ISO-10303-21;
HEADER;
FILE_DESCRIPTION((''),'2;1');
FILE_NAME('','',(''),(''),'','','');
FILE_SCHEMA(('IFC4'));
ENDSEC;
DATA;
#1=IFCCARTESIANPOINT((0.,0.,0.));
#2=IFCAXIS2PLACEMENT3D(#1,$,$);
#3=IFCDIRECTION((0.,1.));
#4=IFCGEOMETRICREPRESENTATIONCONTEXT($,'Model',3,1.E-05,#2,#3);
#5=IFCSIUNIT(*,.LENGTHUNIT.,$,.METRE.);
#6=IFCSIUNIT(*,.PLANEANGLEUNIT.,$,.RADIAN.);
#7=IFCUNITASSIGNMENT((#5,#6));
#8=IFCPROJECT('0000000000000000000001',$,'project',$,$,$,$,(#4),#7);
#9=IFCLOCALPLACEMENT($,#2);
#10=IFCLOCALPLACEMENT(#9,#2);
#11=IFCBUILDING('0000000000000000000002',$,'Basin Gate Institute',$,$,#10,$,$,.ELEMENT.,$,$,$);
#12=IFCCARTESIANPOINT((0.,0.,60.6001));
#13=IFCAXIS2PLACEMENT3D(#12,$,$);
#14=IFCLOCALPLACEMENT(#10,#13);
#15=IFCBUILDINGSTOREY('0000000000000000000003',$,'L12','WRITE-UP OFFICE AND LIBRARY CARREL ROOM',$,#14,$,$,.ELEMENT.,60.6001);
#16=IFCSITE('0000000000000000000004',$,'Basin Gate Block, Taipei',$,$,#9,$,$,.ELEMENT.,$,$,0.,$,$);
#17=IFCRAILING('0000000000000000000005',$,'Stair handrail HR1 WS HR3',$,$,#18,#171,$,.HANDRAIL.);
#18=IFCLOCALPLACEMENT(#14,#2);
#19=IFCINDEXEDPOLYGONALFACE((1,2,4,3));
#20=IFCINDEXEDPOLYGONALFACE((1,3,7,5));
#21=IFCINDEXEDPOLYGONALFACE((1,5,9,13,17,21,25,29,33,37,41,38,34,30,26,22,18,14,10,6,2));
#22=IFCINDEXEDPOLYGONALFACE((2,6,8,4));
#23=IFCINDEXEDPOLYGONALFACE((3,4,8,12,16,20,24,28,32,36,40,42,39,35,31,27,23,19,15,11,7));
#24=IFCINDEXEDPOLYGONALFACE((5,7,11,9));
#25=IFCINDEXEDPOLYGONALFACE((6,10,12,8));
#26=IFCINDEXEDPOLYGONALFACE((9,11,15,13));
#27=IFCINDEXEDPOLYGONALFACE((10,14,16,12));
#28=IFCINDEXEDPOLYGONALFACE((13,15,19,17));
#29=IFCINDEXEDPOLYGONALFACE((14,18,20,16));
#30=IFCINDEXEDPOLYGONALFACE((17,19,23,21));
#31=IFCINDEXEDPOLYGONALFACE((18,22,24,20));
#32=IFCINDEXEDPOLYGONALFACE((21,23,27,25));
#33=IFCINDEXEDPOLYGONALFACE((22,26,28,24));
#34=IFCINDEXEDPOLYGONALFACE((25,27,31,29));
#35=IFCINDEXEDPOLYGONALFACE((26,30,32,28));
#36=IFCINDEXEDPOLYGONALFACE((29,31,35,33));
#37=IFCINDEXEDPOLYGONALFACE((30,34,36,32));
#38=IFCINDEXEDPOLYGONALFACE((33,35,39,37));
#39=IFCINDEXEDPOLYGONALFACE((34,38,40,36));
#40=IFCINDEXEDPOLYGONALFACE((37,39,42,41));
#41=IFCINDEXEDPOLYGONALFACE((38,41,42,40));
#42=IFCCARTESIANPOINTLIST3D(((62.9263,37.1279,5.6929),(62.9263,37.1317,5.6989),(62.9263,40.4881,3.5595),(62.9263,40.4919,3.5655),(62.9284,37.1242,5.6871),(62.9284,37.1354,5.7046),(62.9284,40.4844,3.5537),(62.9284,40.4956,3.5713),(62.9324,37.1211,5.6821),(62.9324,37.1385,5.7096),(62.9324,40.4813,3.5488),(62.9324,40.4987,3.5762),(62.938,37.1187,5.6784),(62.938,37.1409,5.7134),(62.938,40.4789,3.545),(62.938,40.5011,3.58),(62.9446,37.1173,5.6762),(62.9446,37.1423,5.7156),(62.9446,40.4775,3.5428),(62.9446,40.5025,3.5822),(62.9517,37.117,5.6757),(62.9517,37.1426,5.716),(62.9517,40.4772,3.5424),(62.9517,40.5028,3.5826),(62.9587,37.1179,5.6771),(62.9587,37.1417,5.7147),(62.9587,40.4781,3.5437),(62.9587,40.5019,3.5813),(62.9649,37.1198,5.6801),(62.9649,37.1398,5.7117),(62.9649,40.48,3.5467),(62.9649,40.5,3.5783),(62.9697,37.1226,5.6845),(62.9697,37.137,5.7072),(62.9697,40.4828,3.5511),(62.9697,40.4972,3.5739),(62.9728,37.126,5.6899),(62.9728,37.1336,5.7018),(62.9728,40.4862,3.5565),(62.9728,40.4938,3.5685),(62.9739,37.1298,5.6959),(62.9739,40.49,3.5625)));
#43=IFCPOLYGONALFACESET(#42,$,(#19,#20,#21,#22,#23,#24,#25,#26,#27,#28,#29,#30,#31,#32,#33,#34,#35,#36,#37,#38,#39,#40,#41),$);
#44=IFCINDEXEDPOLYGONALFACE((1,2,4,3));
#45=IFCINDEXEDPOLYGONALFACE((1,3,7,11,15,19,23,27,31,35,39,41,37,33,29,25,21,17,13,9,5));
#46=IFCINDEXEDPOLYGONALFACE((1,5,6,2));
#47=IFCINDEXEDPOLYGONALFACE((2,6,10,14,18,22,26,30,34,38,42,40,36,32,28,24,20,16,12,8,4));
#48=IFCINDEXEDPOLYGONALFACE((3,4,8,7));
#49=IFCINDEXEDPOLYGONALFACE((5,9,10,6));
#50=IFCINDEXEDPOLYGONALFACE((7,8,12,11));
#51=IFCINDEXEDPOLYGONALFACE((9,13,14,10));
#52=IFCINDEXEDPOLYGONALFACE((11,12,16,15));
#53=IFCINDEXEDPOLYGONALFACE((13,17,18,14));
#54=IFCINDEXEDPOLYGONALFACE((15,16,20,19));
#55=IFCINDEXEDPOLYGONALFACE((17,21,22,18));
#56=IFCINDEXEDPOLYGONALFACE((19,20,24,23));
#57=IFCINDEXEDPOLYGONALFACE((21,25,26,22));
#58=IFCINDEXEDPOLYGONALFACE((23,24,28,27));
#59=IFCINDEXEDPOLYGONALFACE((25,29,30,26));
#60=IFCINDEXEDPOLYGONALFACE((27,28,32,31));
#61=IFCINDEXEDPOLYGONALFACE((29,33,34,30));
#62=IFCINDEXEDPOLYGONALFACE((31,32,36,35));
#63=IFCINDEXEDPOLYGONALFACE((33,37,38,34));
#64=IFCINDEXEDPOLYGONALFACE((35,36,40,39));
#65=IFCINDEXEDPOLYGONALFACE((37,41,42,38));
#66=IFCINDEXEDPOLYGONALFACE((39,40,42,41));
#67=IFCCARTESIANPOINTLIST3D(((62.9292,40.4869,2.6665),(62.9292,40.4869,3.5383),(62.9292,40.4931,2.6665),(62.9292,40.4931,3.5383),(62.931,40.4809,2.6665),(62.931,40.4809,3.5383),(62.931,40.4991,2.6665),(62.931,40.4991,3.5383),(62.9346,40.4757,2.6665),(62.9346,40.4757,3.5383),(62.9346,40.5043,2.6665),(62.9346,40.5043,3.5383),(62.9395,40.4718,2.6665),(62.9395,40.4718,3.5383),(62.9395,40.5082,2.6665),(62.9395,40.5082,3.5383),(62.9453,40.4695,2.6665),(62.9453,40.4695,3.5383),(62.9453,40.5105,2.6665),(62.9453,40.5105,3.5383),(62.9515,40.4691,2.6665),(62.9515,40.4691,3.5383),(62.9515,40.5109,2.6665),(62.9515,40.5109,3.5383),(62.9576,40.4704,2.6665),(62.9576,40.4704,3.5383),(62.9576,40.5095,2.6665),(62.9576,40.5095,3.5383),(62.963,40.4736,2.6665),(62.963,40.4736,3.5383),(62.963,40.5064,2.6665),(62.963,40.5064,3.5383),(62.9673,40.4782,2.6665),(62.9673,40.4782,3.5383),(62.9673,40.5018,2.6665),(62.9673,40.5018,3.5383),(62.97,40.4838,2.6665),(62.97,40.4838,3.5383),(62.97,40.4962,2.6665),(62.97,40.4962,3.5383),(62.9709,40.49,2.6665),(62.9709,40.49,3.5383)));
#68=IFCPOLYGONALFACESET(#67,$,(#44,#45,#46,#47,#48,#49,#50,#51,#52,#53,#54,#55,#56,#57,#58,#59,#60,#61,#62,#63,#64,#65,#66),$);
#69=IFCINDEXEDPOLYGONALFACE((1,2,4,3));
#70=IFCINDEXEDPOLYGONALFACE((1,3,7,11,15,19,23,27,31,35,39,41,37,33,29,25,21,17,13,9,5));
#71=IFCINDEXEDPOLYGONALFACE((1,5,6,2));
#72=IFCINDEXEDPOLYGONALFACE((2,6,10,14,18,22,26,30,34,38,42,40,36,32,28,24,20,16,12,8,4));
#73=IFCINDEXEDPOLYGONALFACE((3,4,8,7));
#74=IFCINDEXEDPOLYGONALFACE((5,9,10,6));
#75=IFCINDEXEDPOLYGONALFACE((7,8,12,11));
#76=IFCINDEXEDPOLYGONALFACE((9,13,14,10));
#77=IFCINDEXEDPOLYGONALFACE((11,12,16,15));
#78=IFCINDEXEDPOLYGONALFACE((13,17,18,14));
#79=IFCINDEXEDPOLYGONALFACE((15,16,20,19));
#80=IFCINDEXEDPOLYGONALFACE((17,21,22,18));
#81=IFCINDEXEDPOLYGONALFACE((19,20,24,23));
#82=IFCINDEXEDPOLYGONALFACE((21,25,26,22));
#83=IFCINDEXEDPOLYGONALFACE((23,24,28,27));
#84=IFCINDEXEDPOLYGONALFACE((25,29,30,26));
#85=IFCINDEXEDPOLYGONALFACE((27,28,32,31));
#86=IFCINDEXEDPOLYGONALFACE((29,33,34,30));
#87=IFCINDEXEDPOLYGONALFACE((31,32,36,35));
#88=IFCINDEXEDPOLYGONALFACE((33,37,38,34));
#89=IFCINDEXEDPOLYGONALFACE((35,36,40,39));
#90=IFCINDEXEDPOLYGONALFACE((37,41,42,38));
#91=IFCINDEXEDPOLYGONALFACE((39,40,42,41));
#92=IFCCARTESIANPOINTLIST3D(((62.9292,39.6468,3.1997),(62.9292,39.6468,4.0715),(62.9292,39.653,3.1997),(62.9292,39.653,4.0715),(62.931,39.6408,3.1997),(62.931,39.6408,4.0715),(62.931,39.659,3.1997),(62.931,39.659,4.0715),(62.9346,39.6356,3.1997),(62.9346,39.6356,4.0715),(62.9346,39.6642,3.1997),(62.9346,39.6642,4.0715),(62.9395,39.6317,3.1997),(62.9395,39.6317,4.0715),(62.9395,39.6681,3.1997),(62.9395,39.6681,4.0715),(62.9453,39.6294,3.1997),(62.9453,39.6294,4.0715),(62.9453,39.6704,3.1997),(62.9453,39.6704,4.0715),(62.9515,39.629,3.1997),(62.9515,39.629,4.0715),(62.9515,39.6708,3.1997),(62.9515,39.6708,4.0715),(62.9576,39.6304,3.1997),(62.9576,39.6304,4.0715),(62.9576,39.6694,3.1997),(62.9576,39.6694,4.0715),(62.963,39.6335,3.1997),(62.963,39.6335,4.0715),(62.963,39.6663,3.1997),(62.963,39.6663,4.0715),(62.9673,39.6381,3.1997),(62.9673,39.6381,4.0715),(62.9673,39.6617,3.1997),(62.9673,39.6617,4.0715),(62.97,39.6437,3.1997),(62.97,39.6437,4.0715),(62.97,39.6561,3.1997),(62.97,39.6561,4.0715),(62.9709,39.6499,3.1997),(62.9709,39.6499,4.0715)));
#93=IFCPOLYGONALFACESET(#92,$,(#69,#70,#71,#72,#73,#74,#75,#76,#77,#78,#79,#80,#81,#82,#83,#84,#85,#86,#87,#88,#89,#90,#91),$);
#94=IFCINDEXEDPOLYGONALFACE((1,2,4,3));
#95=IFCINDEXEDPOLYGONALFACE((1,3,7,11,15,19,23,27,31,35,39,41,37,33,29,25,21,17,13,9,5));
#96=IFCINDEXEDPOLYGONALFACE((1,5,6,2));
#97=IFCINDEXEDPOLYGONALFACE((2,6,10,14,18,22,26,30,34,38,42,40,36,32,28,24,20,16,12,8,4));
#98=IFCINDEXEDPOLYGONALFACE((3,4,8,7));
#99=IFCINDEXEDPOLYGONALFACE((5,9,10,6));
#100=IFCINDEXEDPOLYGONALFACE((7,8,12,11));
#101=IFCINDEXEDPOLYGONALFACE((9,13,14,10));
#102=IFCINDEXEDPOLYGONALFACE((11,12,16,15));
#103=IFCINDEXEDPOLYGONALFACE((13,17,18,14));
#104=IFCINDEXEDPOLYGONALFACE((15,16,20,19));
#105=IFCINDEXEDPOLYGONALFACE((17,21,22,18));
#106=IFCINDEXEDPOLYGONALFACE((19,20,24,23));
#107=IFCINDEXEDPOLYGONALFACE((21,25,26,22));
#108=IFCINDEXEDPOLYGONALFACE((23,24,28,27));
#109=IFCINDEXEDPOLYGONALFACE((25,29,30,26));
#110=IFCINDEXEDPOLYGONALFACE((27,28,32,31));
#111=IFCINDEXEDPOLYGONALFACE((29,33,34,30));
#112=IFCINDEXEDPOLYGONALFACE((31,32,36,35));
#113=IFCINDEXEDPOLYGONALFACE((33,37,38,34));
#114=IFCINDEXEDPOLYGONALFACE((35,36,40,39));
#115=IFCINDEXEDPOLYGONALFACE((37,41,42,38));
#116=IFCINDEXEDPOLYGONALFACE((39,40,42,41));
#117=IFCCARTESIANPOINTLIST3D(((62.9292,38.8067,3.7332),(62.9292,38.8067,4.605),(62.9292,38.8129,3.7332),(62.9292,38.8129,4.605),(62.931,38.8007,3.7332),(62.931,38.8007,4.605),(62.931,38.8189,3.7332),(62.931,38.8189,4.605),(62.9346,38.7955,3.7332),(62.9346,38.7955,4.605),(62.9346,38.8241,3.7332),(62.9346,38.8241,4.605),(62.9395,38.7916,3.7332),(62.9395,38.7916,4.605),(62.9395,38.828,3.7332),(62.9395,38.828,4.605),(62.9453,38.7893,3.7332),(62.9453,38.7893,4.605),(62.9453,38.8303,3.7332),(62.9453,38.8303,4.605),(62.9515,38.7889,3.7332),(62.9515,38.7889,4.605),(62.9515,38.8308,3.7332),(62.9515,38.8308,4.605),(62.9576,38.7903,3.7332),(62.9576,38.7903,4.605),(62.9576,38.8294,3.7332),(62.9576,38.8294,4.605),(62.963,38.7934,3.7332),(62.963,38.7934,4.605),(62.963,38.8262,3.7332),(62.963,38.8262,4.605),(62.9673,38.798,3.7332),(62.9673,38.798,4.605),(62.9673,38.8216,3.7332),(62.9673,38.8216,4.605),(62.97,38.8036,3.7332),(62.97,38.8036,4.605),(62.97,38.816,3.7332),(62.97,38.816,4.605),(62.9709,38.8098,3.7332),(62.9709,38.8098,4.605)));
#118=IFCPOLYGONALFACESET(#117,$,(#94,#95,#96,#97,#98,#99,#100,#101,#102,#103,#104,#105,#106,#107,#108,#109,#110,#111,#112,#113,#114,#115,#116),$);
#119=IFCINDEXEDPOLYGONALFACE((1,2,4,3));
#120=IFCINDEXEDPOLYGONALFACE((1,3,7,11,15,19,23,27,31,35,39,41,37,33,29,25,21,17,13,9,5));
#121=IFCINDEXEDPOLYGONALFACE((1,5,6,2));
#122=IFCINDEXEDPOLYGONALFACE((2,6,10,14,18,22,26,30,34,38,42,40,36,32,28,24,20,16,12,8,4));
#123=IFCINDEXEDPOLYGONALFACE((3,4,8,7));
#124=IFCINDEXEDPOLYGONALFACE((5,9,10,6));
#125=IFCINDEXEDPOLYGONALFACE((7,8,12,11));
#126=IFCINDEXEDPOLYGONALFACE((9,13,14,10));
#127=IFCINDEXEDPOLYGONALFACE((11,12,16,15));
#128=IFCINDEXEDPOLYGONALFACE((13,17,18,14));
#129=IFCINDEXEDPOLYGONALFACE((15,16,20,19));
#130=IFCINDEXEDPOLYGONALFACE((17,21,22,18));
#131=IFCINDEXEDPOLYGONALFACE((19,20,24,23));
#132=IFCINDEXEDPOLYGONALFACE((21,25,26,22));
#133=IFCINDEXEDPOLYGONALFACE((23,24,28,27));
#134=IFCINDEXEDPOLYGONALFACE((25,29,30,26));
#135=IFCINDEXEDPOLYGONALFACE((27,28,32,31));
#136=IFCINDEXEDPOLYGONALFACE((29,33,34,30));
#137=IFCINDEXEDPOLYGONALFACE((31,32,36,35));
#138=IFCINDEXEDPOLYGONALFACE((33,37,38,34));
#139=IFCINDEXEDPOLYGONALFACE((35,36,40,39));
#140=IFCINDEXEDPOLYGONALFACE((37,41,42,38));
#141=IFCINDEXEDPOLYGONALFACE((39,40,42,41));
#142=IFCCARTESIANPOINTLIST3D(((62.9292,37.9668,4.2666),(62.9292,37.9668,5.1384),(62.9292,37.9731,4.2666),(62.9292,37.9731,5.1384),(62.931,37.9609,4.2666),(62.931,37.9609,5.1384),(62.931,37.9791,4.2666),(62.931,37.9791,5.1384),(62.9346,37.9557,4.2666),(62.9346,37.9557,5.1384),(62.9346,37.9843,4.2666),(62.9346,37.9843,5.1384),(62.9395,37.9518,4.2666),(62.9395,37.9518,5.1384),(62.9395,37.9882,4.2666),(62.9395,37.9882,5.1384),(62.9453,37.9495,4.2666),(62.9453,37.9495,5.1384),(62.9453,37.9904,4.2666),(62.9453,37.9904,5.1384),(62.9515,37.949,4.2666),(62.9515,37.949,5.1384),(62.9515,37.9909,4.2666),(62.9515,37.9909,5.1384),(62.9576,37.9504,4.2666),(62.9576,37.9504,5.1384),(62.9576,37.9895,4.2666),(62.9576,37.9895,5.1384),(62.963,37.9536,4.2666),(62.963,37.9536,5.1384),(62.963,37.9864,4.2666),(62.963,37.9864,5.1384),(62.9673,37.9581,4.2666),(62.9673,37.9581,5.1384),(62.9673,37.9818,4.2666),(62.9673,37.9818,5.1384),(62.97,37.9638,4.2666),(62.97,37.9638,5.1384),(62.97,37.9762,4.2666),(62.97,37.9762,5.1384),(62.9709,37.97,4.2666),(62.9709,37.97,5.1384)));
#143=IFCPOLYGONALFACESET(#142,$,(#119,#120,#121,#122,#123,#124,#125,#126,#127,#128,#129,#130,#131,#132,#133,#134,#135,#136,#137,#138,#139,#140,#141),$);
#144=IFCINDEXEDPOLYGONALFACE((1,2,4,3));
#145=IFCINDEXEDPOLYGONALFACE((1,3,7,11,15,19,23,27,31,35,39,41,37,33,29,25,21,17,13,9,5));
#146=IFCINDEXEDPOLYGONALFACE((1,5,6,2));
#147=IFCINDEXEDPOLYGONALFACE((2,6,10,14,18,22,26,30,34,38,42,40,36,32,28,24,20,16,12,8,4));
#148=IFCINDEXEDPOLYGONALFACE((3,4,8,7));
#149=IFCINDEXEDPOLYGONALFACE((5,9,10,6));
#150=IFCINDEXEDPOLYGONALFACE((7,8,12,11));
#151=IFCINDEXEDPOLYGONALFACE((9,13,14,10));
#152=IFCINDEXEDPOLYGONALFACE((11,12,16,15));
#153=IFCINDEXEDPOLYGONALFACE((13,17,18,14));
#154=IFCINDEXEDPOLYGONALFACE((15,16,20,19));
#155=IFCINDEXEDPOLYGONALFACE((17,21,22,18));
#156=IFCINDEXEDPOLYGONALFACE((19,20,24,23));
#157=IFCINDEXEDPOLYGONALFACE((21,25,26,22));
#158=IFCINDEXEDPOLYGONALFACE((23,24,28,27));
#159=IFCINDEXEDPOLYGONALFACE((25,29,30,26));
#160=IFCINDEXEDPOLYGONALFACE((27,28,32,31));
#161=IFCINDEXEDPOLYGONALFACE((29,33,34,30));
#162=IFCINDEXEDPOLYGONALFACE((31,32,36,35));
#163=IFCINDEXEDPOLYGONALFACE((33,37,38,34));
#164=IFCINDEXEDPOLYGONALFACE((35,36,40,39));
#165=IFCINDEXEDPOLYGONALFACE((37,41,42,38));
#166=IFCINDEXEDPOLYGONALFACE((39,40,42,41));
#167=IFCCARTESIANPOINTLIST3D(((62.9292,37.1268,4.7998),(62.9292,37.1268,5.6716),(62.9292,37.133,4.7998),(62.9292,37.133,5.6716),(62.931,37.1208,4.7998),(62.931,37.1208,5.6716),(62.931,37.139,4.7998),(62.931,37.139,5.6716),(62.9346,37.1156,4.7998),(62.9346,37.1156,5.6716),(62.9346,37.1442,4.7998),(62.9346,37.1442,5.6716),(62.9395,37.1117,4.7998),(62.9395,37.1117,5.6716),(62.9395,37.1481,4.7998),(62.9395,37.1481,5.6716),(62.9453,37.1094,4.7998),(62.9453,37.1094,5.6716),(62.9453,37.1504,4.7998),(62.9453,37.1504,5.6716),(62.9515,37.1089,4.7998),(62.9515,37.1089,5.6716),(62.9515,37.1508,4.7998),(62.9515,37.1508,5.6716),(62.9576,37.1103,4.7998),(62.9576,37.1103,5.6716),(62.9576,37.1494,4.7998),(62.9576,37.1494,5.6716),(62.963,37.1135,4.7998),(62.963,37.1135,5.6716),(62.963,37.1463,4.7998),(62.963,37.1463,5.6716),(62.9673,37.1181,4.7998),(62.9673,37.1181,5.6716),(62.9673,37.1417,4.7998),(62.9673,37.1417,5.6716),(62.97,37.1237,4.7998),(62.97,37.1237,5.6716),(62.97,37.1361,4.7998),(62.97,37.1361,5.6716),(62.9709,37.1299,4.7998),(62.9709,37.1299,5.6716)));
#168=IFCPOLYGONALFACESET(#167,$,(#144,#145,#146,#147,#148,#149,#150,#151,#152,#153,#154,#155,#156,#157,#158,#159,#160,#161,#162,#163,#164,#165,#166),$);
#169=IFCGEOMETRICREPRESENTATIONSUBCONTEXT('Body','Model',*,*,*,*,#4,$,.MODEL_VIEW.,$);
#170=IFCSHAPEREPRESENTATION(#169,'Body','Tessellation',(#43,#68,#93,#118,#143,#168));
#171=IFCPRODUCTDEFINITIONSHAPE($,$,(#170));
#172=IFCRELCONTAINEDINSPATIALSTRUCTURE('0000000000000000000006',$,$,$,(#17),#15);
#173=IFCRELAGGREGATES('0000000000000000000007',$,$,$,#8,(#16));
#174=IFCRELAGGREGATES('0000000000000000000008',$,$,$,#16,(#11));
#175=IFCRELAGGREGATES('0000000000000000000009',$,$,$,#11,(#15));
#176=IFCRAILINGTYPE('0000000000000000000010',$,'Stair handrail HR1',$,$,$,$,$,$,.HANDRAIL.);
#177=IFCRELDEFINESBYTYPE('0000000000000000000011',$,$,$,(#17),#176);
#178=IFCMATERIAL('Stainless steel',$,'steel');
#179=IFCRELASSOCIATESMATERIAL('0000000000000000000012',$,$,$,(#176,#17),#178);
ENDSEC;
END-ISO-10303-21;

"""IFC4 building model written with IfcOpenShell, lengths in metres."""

from ifc_helpers import new_model, si_unit, direction, frame, origin, origin_2d, place, context, subcontext, project, spatial, circle, extrude, material, type_object, element, save


model = new_model("IFC4")

# Units and contexts
model_context = context("Model", 3, precision=1e-05, world=origin(), true_north=direction((0.0, 1.0)))
body_context = subcontext(model_context, "Body", "Model", "MODEL_VIEW")
ifc_project = project(units=[si_unit("LENGTHUNIT", "METRE"), si_unit("PLANEANGLEUNIT", "RADIAN")], contexts=[model_context])

# Site, building, storey
site_placement = place(None, origin())
site = spatial("IfcSite", under=ifc_project, at=site_placement, Name="Basin Gate Block, Taipei", CompositionType="ELEMENT", RefElevation=0.0)
building_placement = place(site_placement, origin())
building = spatial("IfcBuilding", under=site, at=building_placement, Name="Basin Gate Institute", CompositionType="ELEMENT")
storey_placement = place(building_placement, frame((0.0, 0.0, 60.6001)))
storey = spatial("IfcBuildingStorey", under=building, at=storey_placement, Name="L12", Description="WRITE-UP OFFICE AND LIBRARY CARREL ROOM", CompositionType="ELEMENT", Elevation=60.6001)

# Railing
ifc_material_1 = material(Name="Stainless steel", Category="steel")
railing_type_1 = type_object("IfcRailingType", Name="Stair handrail HR1", PredefinedType="HANDRAIL", material=ifc_material_1)
railing_1_placement = place(storey_placement, frame((62.95, 40.49, 2.6665)))
element("IfcRailing", 1, at=railing_1_placement, inside=storey, type_object=railing_type_1, material=ifc_material_1, Name="Stair handrail HR1 WS HR3", PredefinedType="HANDRAIL", context=body_context, shape_type="SweptSolid", body=[
    extrude(circle(Radius=0.0239, at=origin_2d()), frame((0.0, 0.0, 0.896), z_axis=(0.0, -0.844224, 0.53599), x_axis=(1.0, 0.0, 0.0)), (0.0, 0.0, 1.0), 3.9802),
    extrude(circle(Radius=0.021, at=origin_2d()), origin(), (0.0, 0.0, 1.0), 0.8718),
    extrude(circle(Radius=0.021, at=origin_2d()), frame((0.0, -0.8401, 0.5332)), (0.0, 0.0, 1.0), 0.8718),
    extrude(circle(Radius=0.021, at=origin_2d()), frame((0.0, -1.6802, 1.0667)), (0.0, 0.0, 1.0), 0.8718),
    extrude(circle(Radius=0.021, at=origin_2d()), frame((0.0, -2.52, 1.6001)), (0.0, 0.0, 1.0), 0.8718),
    extrude(circle(Radius=0.021, at=origin_2d()), frame((0.0, -3.3601, 2.1333)), (0.0, 0.0, 1.0), 0.8718),
])

save(model, "model.ifc")
